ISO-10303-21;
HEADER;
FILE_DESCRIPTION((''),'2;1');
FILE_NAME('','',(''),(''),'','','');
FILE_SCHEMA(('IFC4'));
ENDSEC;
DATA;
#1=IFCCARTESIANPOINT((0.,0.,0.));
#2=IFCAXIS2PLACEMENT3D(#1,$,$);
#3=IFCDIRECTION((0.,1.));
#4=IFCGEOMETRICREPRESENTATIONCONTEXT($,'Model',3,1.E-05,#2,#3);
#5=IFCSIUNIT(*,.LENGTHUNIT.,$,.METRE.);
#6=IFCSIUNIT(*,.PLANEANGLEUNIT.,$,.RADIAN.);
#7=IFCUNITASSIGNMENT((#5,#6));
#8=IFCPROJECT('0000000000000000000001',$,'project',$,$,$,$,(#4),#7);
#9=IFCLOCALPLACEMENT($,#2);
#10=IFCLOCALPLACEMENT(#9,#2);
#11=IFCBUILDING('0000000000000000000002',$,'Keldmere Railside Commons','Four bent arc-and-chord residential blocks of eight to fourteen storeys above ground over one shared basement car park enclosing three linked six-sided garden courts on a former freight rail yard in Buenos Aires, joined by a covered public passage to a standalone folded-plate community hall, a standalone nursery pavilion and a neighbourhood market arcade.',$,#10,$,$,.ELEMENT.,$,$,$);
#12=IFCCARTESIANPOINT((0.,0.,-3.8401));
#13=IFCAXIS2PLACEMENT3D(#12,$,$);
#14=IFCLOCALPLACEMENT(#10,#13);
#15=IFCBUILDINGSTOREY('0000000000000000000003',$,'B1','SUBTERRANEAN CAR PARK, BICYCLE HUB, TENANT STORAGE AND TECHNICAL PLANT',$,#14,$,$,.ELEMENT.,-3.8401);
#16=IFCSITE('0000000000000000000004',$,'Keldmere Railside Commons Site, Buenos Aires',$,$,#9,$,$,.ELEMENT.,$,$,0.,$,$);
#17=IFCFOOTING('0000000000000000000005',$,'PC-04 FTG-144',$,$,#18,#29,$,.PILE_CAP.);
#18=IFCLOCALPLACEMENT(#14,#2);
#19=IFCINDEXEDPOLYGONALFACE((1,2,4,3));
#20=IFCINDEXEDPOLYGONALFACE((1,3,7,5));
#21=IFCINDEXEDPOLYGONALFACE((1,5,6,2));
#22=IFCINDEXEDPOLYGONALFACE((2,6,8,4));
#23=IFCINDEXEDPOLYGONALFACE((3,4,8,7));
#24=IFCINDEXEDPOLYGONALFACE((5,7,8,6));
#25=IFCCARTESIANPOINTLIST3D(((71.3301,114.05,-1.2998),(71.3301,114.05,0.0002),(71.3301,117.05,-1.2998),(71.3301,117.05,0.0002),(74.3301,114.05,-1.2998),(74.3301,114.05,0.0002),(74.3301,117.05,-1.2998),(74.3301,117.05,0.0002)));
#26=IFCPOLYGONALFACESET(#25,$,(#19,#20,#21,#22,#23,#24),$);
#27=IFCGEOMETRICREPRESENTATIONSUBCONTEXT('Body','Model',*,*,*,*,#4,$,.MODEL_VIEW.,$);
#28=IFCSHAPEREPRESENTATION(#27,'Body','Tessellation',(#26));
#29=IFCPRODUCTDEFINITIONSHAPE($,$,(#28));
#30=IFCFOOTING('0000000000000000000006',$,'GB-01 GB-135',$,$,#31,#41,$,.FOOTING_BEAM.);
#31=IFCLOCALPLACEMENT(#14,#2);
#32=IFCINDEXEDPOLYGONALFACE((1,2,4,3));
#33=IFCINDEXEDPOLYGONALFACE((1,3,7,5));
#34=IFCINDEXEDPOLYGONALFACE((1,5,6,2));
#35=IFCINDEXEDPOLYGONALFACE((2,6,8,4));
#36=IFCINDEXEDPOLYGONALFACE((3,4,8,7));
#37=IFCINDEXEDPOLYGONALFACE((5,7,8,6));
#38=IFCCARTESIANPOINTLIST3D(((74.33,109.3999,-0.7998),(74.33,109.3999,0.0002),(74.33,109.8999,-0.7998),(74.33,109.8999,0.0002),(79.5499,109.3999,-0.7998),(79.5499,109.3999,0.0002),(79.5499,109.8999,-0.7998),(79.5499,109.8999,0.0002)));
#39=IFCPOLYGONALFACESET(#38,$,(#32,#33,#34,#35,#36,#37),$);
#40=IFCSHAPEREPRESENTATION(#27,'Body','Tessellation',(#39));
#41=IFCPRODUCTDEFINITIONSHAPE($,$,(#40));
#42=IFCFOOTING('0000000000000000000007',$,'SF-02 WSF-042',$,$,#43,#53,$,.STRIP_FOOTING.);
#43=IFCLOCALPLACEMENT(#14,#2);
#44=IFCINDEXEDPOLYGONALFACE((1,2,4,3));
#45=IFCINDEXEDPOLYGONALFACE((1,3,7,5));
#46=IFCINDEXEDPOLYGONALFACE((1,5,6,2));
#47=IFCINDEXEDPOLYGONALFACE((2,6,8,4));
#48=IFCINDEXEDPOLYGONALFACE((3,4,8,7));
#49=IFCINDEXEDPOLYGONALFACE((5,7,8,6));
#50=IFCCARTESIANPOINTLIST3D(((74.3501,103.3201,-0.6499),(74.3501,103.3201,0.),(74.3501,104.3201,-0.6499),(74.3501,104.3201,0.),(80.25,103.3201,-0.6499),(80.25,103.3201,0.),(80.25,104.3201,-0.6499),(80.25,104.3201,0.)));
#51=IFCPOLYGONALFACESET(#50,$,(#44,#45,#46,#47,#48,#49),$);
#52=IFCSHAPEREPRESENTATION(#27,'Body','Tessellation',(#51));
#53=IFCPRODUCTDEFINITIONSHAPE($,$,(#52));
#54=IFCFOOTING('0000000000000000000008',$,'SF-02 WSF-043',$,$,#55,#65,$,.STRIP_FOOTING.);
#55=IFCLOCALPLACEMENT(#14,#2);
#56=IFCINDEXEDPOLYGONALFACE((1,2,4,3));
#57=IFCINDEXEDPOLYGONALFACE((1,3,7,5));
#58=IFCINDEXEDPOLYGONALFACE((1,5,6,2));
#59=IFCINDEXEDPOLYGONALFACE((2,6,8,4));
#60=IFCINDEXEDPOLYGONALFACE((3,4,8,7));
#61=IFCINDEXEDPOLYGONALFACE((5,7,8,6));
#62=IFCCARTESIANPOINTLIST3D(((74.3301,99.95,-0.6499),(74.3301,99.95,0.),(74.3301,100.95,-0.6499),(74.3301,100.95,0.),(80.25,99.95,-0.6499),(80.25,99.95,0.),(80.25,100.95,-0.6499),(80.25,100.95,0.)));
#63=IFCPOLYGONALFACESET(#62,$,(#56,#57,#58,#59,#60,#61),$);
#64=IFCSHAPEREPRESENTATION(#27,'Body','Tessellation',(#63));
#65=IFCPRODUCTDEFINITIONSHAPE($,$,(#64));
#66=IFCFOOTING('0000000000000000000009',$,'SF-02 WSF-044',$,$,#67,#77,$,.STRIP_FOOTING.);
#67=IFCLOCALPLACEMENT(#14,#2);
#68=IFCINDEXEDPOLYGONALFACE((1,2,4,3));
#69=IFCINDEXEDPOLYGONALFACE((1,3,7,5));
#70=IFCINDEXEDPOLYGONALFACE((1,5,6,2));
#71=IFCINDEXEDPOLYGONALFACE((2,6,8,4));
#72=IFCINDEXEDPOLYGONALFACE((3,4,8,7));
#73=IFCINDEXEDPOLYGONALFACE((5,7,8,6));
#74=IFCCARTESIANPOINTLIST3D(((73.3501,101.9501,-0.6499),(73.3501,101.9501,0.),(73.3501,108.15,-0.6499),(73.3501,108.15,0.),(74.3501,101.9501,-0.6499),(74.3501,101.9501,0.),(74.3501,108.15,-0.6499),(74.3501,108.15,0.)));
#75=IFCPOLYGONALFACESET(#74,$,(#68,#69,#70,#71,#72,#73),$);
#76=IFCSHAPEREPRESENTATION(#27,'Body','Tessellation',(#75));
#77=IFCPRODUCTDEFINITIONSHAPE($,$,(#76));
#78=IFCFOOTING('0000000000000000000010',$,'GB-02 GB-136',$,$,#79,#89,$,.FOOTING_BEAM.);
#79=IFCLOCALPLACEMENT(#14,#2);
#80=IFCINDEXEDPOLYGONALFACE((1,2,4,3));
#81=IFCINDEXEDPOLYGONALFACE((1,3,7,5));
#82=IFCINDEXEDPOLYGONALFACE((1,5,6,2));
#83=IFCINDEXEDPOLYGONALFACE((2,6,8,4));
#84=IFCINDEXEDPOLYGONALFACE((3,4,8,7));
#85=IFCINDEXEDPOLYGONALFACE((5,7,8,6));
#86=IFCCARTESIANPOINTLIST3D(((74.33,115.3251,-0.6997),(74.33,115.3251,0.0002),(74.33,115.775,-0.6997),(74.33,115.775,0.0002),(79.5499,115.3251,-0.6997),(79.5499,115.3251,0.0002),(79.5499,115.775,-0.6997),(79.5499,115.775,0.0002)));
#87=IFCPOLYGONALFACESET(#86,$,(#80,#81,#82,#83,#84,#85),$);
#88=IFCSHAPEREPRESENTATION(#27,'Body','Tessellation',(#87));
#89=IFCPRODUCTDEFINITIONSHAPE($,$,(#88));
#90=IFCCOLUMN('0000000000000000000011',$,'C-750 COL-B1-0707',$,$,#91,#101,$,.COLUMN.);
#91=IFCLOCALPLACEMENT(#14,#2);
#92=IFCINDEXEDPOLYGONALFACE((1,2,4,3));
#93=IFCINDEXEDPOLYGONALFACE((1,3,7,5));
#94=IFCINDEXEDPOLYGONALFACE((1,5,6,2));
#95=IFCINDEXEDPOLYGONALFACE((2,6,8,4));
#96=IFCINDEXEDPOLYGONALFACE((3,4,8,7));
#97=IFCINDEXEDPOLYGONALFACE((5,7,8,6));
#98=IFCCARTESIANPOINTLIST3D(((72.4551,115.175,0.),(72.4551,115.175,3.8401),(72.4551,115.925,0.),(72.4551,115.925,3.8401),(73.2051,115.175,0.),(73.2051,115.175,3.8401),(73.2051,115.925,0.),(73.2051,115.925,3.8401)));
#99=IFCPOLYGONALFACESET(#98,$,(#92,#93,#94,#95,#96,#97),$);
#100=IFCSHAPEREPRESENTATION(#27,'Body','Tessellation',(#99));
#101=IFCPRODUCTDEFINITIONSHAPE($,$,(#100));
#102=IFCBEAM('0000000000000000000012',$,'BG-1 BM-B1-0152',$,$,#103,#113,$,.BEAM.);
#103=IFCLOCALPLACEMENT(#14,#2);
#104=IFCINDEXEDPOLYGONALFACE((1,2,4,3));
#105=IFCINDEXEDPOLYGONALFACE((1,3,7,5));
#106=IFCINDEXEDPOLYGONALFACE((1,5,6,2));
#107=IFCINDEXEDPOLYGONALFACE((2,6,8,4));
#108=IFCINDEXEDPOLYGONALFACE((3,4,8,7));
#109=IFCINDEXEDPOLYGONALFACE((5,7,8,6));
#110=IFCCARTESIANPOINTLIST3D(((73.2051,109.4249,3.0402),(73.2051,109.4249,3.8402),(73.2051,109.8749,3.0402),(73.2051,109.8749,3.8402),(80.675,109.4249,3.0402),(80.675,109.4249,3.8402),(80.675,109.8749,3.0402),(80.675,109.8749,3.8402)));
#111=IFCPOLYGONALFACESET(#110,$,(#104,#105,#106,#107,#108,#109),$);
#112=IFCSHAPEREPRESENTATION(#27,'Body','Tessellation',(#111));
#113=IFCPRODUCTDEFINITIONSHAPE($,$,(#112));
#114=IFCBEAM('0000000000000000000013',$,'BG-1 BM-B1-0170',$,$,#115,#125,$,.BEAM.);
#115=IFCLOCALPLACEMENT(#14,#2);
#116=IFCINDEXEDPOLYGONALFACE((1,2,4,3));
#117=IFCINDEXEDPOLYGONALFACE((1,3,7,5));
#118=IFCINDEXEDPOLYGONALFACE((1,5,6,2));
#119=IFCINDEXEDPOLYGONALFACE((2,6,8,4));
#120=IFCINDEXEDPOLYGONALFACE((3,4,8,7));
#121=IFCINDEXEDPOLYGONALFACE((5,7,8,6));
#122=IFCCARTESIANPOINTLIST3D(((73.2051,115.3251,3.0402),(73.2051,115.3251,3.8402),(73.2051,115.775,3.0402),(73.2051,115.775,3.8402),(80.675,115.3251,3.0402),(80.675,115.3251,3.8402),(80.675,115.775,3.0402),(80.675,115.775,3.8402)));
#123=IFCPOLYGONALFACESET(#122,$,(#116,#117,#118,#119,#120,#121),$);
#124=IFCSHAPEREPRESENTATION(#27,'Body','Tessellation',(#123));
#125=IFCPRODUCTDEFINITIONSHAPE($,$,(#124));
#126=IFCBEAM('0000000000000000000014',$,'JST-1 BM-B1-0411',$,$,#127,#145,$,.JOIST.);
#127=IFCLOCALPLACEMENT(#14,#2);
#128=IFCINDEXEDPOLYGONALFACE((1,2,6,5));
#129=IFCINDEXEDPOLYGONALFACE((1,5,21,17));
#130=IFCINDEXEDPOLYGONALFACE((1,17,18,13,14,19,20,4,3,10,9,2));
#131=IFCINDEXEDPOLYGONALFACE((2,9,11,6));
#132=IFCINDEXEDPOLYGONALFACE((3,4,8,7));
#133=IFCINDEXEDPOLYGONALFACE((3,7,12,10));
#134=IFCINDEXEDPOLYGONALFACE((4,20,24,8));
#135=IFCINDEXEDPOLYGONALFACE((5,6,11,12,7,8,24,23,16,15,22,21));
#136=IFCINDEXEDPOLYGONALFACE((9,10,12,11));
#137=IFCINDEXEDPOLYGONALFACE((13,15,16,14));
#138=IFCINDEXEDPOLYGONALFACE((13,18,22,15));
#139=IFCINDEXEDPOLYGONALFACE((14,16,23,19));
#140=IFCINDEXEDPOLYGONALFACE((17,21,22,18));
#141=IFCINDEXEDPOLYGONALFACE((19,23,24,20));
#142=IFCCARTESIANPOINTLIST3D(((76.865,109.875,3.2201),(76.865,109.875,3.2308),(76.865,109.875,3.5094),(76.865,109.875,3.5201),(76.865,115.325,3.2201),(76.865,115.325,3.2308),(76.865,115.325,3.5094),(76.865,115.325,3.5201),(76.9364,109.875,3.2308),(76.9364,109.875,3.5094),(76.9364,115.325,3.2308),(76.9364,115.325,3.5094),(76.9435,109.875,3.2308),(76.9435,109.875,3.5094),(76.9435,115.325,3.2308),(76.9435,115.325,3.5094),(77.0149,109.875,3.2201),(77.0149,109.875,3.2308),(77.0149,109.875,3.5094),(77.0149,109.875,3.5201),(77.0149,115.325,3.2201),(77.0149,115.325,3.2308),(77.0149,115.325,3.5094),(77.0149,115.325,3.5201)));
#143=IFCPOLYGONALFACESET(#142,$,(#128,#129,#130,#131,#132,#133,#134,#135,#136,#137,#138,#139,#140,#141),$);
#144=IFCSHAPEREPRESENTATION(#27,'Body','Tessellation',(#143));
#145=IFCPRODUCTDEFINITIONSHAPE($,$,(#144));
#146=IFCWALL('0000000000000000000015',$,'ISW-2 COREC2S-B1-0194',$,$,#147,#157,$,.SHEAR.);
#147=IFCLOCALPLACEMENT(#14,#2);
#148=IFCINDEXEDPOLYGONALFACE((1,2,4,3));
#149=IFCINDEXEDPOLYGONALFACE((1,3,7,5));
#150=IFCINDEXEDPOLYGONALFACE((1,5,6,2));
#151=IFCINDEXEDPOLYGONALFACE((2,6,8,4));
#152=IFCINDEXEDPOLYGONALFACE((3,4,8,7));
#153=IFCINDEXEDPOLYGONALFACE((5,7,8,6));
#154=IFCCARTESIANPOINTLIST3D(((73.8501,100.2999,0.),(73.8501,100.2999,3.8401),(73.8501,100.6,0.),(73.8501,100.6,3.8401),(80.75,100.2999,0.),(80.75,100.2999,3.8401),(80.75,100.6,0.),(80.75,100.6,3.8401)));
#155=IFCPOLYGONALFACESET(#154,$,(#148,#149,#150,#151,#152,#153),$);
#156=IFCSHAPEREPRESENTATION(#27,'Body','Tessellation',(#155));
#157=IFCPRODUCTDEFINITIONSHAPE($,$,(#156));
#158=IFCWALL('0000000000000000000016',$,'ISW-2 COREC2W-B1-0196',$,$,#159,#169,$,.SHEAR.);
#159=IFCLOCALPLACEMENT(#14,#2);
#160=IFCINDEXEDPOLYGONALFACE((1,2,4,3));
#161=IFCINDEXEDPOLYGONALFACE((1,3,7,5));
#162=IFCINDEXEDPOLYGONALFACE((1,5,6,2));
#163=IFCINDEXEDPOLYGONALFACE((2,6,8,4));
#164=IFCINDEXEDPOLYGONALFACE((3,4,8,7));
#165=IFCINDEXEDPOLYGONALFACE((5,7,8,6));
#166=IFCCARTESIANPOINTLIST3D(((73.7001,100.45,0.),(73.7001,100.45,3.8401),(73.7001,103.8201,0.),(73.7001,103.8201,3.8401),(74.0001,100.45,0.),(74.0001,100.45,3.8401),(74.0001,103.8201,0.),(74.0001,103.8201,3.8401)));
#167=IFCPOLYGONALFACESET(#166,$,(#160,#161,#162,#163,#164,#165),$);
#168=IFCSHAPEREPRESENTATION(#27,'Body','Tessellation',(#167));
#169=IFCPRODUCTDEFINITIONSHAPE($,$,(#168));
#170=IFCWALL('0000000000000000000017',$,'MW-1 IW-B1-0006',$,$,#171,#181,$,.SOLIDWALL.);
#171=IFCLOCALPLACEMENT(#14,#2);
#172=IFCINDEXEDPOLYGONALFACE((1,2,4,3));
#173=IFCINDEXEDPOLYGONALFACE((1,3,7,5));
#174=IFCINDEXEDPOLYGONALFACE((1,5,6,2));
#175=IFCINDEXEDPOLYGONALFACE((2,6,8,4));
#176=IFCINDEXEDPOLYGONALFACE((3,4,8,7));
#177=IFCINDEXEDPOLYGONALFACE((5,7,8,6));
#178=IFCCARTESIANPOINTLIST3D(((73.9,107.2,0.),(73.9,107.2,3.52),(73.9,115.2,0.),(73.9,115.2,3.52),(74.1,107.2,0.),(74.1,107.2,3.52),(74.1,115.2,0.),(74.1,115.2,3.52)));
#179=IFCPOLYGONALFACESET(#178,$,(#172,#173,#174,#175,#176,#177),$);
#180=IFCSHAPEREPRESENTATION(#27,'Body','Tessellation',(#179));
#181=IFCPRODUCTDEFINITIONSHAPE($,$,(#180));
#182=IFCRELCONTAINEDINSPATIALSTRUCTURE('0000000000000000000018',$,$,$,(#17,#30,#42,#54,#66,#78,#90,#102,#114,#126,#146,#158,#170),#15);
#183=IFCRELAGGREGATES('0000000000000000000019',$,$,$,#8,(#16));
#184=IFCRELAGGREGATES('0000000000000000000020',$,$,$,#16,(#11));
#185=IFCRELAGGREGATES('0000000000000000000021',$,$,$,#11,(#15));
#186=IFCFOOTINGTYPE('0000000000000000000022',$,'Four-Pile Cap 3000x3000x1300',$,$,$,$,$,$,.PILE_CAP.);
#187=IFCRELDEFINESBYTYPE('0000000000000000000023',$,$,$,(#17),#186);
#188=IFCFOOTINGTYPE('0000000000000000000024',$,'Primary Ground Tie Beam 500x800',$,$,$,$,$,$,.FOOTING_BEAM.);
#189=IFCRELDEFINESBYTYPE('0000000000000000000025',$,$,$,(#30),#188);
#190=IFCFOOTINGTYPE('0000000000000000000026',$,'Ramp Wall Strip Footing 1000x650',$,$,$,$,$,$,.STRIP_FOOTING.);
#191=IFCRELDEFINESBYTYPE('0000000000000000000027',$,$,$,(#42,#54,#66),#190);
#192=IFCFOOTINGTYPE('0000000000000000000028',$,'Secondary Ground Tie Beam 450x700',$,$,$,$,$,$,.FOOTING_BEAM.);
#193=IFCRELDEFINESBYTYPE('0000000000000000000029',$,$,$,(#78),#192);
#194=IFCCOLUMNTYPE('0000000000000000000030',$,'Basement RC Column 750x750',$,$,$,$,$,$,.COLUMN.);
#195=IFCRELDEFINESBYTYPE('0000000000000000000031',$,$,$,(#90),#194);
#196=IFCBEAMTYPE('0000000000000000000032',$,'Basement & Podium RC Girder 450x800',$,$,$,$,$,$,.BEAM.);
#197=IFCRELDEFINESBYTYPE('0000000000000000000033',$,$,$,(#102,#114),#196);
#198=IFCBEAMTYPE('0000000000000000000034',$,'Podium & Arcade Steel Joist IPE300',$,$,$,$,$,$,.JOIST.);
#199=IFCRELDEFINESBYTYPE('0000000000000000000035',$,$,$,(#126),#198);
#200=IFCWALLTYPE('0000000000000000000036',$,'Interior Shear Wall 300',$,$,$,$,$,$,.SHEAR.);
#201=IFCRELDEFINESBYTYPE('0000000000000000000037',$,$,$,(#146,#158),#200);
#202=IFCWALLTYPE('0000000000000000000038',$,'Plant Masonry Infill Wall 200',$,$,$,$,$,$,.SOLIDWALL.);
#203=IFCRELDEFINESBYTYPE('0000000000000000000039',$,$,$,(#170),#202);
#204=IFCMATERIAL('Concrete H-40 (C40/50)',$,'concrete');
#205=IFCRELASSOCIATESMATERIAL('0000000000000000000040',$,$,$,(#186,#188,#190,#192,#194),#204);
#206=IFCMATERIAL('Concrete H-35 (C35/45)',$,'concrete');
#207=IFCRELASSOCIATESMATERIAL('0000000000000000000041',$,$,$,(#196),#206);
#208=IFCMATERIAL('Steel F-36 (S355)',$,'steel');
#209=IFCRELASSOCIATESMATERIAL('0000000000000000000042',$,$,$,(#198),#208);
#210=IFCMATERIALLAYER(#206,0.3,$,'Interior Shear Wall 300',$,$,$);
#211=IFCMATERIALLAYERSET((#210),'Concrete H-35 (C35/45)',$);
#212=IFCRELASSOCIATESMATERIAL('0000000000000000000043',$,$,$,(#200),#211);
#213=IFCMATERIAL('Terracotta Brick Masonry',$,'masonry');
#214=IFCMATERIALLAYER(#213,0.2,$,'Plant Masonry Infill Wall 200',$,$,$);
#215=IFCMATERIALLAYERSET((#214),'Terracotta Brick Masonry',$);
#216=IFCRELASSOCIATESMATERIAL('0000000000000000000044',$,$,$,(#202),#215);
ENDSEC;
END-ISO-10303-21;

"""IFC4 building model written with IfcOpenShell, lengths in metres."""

from ifc_helpers import new_model, si_unit, direction, frame, frame_2d, origin, origin_2d, place, context, subcontext, project, spatial, rectangle, i_section, extrude, material, layer, layer_set, material_profile, profile_set, type_object, element, save


model = new_model("IFC4")

# Units and contexts
model_context = context("Model", 3, precision=1e-05, world=origin(), true_north=direction((0.0, 1.0)))
body_context = subcontext(model_context, "Body", "Model", "MODEL_VIEW")
ifc_project = project(units=[si_unit("LENGTHUNIT", "METRE"), si_unit("PLANEANGLEUNIT", "RADIAN")], contexts=[model_context])

# Site, building, storey
site_placement = place(None, origin())
site = spatial("IfcSite", under=ifc_project, at=site_placement, Name="Keldmere Railside Commons Site, Buenos Aires", CompositionType="ELEMENT", RefElevation=0.0)
building_placement = place(site_placement, origin())
building = spatial("IfcBuilding", under=site, at=building_placement, Name="Keldmere Railside Commons", Description="Four bent arc-and-chord residential blocks of eight to fourteen storeys above ground over one shared basement car park enclosing three linked six-sided garden courts on a former freight rail yard in Buenos Aires, joined by a covered public passage to a standalone folded-plate community hall, a standalone nursery pavilion and a neighbourhood market arcade.", CompositionType="ELEMENT")
storey_placement = place(building_placement, frame((0.0, 0.0, -3.8401)))
storey = spatial("IfcBuildingStorey", under=building, at=storey_placement, Name="B1", Description="SUBTERRANEAN CAR PARK, BICYCLE HUB, TENANT STORAGE AND TECHNICAL PLANT", CompositionType="ELEMENT", Elevation=-3.8401)

# Footings
ifc_material_1 = material(Name="Concrete H-40 (C40/50)", Category="concrete")
footing_type_1 = type_object("IfcFootingType", Name="Four-Pile Cap 3000x3000x1300", PredefinedType="PILE_CAP", material=ifc_material_1)
footing_1_placement = place(storey_placement, frame((72.8301, 115.55, -1.2998), z_axis=(0.0, 0.0, 1.0), x_axis=(1.0, 0.0, 0.0)))
element("IfcFooting", 1, at=footing_1_placement, inside=storey, type_object=footing_type_1, Name="PC-04 FTG-144", PredefinedType="PILE_CAP", context=body_context, shape_type="SweptSolid", body=[
    extrude(rectangle(XDim=3.0, YDim=3.0, at=origin_2d()), origin(), (0.0, 0.0, 1.0), 1.3),
])
footing_type_2 = type_object("IfcFootingType", Name="Primary Ground Tie Beam 500x800", PredefinedType="FOOTING_BEAM", material=ifc_material_1)
footing_2_placement = place(storey_placement, frame((76.9399, 109.6499, -0.7998), z_axis=(0.0, 0.0, 1.0), x_axis=(1.0, 0.0, 0.0)))
element("IfcFooting", 2, at=footing_2_placement, inside=storey, type_object=footing_type_2, Name="GB-01 GB-135", PredefinedType="FOOTING_BEAM", context=body_context, shape_type="SweptSolid", body=[
    extrude(rectangle(XDim=5.22, YDim=0.5, at=origin_2d()), origin(), (0.0, 0.0, 1.0), 0.8),
])
footing_type_3 = type_object("IfcFootingType", Name="Ramp Wall Strip Footing 1000x650", PredefinedType="STRIP_FOOTING", material=ifc_material_1)
footing_3_placement = place(storey_placement, frame((77.3, 103.8201, -0.6499), z_axis=(0.0, 0.0, 1.0), x_axis=(1.0, 0.0, 0.0)))
element("IfcFooting", 3, at=footing_3_placement, inside=storey, type_object=footing_type_3, Name="SF-02 WSF-042", PredefinedType="STRIP_FOOTING", context=body_context, shape_type="SweptSolid", body=[
    extrude(rectangle(XDim=5.8999, YDim=1.0, at=origin_2d()), origin(), (0.0, 0.0, 1.0), 0.6499),
])
footing_4_placement = place(storey_placement, frame((77.29, 100.45, -0.6499), z_axis=(0.0, 0.0, 1.0), x_axis=(1.0, 0.0, 0.0)))
element("IfcFooting", 4, at=footing_4_placement, inside=storey, type_object=footing_type_3, Name="SF-02 WSF-043", PredefinedType="STRIP_FOOTING", context=body_context, shape_type="SweptSolid", body=[
    extrude(rectangle(XDim=5.9199, YDim=1.0, at=origin_2d()), origin(), (0.0, 0.0, 1.0), 0.6499),
])
footing_5_placement = place(storey_placement, frame((73.8501, 105.05, -0.6499), z_axis=(0.0, 0.0, 1.0), x_axis=(0.0, 1.0, 0.0)))
element("IfcFooting", 5, at=footing_5_placement, inside=storey, type_object=footing_type_3, Name="SF-02 WSF-044", PredefinedType="STRIP_FOOTING", context=body_context, shape_type="SweptSolid", body=[
    extrude(rectangle(XDim=6.2, YDim=1.0, at=origin_2d()), origin(), (0.0, 0.0, 1.0), 0.6499),
])
footing_type_4 = type_object("IfcFootingType", Name="Secondary Ground Tie Beam 450x700", PredefinedType="FOOTING_BEAM", material=ifc_material_1)
footing_6_placement = place(storey_placement, frame((76.9399, 115.55, -0.6997), z_axis=(0.0, 0.0, 1.0), x_axis=(1.0, 0.0, 0.0)))
element("IfcFooting", 6, at=footing_6_placement, inside=storey, type_object=footing_type_4, Name="GB-02 GB-136", PredefinedType="FOOTING_BEAM", context=body_context, shape_type="SweptSolid", body=[
    extrude(rectangle(XDim=5.22, YDim=0.45, at=origin_2d()), origin(), (0.0, 0.0, 1.0), 0.7),
])

# Column
ifc_material_profile_1 = material_profile(ifc_material_1, rectangle(XDim=0.75, YDim=0.75, at=origin_2d()), Name="RC-750x750")
ifc_profile_set_1 = profile_set([ifc_material_profile_1], Name="Concrete H-40 (C40/50)")
column_type = type_object("IfcColumnType", Name="Basement RC Column 750x750", PredefinedType="COLUMN", material=ifc_profile_set_1)
column_placement = place(storey_placement, frame((72.8301, 115.55, 0.0), z_axis=(0.0, 0.0, 1.0), x_axis=(1.0, 0.0, 0.0)))
element("IfcColumn", 7, at=column_placement, inside=storey, type_object=column_type, Name="C-750 COL-B1-0707", PredefinedType="COLUMN", context=body_context, shape_type="SweptSolid", body=[
    extrude(rectangle(XDim=0.75, YDim=0.75, at=origin_2d()), origin(), (0.0, 0.0, 1.0), 3.8401),
])

# Beams
ifc_material_2 = material(Name="Concrete H-35 (C35/45)", Category="concrete")
ifc_material_profile_2 = material_profile(ifc_material_2, rectangle(XDim=0.45, YDim=0.8, at=origin_2d()), Name="RC-450x800")
ifc_profile_set_2 = profile_set([ifc_material_profile_2], Name="Concrete H-35 (C35/45)")
beam_type_1 = type_object("IfcBeamType", Name="Basement & Podium RC Girder 450x800", PredefinedType="BEAM", material=ifc_profile_set_2)
for number, where, z_axis, x_axis, name in (
    (8, (73.2051, 109.6499, 3.4402), (1.0, 0.0, 0.0), (0.0, 1.0, 0.0), "BG-1 BM-B1-0152"),
    (9, (73.2051, 115.55, 3.4402), (1.0, 0.0, 0.0), (0.0, 1.0, 0.0), "BG-1 BM-B1-0170"),
):
    element("IfcBeam", number, at=place(storey_placement, frame(where, z_axis=z_axis, x_axis=x_axis)), inside=storey, type_object=beam_type_1, Name=name, PredefinedType="BEAM", context=body_context, shape_type="SweptSolid", body=[
        extrude(rectangle(XDim=0.45, YDim=0.8, at=origin_2d()), origin(), (0.0, 0.0, 1.0), 7.47),
    ])
ifc_material_3 = material(Name="Steel F-36 (S355)", Category="steel")
ifc_material_profile_3 = material_profile(ifc_material_3, i_section(OverallWidth=0.1499, OverallDepth=0.3, WebThickness=0.0071, FlangeThickness=0.0107, at=origin_2d()), Name="IPE-300")
ifc_profile_set_3 = profile_set([ifc_material_profile_3], Name="Steel F-36 (S355)")
beam_type_2 = type_object("IfcBeamType", Name="Podium & Arcade Steel Joist IPE300", PredefinedType="JOIST", material=ifc_profile_set_3)
beam_placement = place(storey_placement, frame((76.9399, 109.875, 3.3701), z_axis=(0.0, 1.0, 0.0), x_axis=(-1.0, 0.0, 0.0)))
element("IfcBeam", 10, at=beam_placement, inside=storey, type_object=beam_type_2, Name="JST-1 BM-B1-0411", PredefinedType="JOIST", context=body_context, shape_type="SweptSolid", body=[
    extrude(i_section(OverallWidth=0.1499, OverallDepth=0.3, WebThickness=0.0071, FlangeThickness=0.0107, at=origin_2d()), origin(), (0.0, 0.0, 1.0), 5.45),
])

# Walls
ifc_layer_1 = layer(ifc_material_2, 0.3, Name="Interior Shear Wall 300")
ifc_layer_set_1 = layer_set([ifc_layer_1], Name="Concrete H-35 (C35/45)")
wall_type_1 = type_object("IfcWallType", Name="Interior Shear Wall 300", PredefinedType="SHEAR", material=ifc_layer_set_1)
wall_1_placement = place(storey_placement, frame((73.8501, 100.45, 0.0), z_axis=(0.0, 0.0, 1.0), x_axis=(1.0, 0.0, 0.0)))
element("IfcWall", 11, at=wall_1_placement, inside=storey, type_object=wall_type_1, Name="ISW-2 COREC2S-B1-0194", PredefinedType="SHEAR", context=body_context, shape_type="SweptSolid", body=[
    extrude(rectangle(XDim=6.8999, YDim=0.3, at=frame_2d((3.45, 0.0))), origin(), (0.0, 0.0, 1.0), 3.8401),
])
wall_2_placement = place(storey_placement, frame((73.8501, 103.8201, 0.0), z_axis=(0.0, 0.0, 1.0), x_axis=(0.0, -1.0, 0.0)))
element("IfcWall", 12, at=wall_2_placement, inside=storey, type_object=wall_type_1, Name="ISW-2 COREC2W-B1-0196", PredefinedType="SHEAR", context=body_context, shape_type="SweptSolid", body=[
    extrude(rectangle(XDim=3.3701, YDim=0.3, at=frame_2d((1.6851, 0.0))), origin(), (0.0, 0.0, 1.0), 3.8401),
])
ifc_material_4 = material(Name="Terracotta Brick Masonry", Category="masonry")
ifc_layer_2 = layer(ifc_material_4, 0.2, Name="Plant Masonry Infill Wall 200")
ifc_layer_set_2 = layer_set([ifc_layer_2], Name="Terracotta Brick Masonry")
wall_type_2 = type_object("IfcWallType", Name="Plant Masonry Infill Wall 200", PredefinedType="SOLIDWALL", material=ifc_layer_set_2)
wall_3_placement = place(storey_placement, frame((74.0, 107.2, 0.0), z_axis=(0.0, 0.0, 1.0), x_axis=(0.0, 1.0, 0.0)))
element("IfcWall", 13, at=wall_3_placement, inside=storey, type_object=wall_type_2, Name="MW-1 IW-B1-0006", PredefinedType="SOLIDWALL", context=body_context, shape_type="SweptSolid", body=[
    extrude(rectangle(XDim=8.0, YDim=0.2, at=frame_2d((4.0, 0.0))), origin(), (0.0, 0.0, 1.0), 3.52),
])

save(model, "model.ifc")
